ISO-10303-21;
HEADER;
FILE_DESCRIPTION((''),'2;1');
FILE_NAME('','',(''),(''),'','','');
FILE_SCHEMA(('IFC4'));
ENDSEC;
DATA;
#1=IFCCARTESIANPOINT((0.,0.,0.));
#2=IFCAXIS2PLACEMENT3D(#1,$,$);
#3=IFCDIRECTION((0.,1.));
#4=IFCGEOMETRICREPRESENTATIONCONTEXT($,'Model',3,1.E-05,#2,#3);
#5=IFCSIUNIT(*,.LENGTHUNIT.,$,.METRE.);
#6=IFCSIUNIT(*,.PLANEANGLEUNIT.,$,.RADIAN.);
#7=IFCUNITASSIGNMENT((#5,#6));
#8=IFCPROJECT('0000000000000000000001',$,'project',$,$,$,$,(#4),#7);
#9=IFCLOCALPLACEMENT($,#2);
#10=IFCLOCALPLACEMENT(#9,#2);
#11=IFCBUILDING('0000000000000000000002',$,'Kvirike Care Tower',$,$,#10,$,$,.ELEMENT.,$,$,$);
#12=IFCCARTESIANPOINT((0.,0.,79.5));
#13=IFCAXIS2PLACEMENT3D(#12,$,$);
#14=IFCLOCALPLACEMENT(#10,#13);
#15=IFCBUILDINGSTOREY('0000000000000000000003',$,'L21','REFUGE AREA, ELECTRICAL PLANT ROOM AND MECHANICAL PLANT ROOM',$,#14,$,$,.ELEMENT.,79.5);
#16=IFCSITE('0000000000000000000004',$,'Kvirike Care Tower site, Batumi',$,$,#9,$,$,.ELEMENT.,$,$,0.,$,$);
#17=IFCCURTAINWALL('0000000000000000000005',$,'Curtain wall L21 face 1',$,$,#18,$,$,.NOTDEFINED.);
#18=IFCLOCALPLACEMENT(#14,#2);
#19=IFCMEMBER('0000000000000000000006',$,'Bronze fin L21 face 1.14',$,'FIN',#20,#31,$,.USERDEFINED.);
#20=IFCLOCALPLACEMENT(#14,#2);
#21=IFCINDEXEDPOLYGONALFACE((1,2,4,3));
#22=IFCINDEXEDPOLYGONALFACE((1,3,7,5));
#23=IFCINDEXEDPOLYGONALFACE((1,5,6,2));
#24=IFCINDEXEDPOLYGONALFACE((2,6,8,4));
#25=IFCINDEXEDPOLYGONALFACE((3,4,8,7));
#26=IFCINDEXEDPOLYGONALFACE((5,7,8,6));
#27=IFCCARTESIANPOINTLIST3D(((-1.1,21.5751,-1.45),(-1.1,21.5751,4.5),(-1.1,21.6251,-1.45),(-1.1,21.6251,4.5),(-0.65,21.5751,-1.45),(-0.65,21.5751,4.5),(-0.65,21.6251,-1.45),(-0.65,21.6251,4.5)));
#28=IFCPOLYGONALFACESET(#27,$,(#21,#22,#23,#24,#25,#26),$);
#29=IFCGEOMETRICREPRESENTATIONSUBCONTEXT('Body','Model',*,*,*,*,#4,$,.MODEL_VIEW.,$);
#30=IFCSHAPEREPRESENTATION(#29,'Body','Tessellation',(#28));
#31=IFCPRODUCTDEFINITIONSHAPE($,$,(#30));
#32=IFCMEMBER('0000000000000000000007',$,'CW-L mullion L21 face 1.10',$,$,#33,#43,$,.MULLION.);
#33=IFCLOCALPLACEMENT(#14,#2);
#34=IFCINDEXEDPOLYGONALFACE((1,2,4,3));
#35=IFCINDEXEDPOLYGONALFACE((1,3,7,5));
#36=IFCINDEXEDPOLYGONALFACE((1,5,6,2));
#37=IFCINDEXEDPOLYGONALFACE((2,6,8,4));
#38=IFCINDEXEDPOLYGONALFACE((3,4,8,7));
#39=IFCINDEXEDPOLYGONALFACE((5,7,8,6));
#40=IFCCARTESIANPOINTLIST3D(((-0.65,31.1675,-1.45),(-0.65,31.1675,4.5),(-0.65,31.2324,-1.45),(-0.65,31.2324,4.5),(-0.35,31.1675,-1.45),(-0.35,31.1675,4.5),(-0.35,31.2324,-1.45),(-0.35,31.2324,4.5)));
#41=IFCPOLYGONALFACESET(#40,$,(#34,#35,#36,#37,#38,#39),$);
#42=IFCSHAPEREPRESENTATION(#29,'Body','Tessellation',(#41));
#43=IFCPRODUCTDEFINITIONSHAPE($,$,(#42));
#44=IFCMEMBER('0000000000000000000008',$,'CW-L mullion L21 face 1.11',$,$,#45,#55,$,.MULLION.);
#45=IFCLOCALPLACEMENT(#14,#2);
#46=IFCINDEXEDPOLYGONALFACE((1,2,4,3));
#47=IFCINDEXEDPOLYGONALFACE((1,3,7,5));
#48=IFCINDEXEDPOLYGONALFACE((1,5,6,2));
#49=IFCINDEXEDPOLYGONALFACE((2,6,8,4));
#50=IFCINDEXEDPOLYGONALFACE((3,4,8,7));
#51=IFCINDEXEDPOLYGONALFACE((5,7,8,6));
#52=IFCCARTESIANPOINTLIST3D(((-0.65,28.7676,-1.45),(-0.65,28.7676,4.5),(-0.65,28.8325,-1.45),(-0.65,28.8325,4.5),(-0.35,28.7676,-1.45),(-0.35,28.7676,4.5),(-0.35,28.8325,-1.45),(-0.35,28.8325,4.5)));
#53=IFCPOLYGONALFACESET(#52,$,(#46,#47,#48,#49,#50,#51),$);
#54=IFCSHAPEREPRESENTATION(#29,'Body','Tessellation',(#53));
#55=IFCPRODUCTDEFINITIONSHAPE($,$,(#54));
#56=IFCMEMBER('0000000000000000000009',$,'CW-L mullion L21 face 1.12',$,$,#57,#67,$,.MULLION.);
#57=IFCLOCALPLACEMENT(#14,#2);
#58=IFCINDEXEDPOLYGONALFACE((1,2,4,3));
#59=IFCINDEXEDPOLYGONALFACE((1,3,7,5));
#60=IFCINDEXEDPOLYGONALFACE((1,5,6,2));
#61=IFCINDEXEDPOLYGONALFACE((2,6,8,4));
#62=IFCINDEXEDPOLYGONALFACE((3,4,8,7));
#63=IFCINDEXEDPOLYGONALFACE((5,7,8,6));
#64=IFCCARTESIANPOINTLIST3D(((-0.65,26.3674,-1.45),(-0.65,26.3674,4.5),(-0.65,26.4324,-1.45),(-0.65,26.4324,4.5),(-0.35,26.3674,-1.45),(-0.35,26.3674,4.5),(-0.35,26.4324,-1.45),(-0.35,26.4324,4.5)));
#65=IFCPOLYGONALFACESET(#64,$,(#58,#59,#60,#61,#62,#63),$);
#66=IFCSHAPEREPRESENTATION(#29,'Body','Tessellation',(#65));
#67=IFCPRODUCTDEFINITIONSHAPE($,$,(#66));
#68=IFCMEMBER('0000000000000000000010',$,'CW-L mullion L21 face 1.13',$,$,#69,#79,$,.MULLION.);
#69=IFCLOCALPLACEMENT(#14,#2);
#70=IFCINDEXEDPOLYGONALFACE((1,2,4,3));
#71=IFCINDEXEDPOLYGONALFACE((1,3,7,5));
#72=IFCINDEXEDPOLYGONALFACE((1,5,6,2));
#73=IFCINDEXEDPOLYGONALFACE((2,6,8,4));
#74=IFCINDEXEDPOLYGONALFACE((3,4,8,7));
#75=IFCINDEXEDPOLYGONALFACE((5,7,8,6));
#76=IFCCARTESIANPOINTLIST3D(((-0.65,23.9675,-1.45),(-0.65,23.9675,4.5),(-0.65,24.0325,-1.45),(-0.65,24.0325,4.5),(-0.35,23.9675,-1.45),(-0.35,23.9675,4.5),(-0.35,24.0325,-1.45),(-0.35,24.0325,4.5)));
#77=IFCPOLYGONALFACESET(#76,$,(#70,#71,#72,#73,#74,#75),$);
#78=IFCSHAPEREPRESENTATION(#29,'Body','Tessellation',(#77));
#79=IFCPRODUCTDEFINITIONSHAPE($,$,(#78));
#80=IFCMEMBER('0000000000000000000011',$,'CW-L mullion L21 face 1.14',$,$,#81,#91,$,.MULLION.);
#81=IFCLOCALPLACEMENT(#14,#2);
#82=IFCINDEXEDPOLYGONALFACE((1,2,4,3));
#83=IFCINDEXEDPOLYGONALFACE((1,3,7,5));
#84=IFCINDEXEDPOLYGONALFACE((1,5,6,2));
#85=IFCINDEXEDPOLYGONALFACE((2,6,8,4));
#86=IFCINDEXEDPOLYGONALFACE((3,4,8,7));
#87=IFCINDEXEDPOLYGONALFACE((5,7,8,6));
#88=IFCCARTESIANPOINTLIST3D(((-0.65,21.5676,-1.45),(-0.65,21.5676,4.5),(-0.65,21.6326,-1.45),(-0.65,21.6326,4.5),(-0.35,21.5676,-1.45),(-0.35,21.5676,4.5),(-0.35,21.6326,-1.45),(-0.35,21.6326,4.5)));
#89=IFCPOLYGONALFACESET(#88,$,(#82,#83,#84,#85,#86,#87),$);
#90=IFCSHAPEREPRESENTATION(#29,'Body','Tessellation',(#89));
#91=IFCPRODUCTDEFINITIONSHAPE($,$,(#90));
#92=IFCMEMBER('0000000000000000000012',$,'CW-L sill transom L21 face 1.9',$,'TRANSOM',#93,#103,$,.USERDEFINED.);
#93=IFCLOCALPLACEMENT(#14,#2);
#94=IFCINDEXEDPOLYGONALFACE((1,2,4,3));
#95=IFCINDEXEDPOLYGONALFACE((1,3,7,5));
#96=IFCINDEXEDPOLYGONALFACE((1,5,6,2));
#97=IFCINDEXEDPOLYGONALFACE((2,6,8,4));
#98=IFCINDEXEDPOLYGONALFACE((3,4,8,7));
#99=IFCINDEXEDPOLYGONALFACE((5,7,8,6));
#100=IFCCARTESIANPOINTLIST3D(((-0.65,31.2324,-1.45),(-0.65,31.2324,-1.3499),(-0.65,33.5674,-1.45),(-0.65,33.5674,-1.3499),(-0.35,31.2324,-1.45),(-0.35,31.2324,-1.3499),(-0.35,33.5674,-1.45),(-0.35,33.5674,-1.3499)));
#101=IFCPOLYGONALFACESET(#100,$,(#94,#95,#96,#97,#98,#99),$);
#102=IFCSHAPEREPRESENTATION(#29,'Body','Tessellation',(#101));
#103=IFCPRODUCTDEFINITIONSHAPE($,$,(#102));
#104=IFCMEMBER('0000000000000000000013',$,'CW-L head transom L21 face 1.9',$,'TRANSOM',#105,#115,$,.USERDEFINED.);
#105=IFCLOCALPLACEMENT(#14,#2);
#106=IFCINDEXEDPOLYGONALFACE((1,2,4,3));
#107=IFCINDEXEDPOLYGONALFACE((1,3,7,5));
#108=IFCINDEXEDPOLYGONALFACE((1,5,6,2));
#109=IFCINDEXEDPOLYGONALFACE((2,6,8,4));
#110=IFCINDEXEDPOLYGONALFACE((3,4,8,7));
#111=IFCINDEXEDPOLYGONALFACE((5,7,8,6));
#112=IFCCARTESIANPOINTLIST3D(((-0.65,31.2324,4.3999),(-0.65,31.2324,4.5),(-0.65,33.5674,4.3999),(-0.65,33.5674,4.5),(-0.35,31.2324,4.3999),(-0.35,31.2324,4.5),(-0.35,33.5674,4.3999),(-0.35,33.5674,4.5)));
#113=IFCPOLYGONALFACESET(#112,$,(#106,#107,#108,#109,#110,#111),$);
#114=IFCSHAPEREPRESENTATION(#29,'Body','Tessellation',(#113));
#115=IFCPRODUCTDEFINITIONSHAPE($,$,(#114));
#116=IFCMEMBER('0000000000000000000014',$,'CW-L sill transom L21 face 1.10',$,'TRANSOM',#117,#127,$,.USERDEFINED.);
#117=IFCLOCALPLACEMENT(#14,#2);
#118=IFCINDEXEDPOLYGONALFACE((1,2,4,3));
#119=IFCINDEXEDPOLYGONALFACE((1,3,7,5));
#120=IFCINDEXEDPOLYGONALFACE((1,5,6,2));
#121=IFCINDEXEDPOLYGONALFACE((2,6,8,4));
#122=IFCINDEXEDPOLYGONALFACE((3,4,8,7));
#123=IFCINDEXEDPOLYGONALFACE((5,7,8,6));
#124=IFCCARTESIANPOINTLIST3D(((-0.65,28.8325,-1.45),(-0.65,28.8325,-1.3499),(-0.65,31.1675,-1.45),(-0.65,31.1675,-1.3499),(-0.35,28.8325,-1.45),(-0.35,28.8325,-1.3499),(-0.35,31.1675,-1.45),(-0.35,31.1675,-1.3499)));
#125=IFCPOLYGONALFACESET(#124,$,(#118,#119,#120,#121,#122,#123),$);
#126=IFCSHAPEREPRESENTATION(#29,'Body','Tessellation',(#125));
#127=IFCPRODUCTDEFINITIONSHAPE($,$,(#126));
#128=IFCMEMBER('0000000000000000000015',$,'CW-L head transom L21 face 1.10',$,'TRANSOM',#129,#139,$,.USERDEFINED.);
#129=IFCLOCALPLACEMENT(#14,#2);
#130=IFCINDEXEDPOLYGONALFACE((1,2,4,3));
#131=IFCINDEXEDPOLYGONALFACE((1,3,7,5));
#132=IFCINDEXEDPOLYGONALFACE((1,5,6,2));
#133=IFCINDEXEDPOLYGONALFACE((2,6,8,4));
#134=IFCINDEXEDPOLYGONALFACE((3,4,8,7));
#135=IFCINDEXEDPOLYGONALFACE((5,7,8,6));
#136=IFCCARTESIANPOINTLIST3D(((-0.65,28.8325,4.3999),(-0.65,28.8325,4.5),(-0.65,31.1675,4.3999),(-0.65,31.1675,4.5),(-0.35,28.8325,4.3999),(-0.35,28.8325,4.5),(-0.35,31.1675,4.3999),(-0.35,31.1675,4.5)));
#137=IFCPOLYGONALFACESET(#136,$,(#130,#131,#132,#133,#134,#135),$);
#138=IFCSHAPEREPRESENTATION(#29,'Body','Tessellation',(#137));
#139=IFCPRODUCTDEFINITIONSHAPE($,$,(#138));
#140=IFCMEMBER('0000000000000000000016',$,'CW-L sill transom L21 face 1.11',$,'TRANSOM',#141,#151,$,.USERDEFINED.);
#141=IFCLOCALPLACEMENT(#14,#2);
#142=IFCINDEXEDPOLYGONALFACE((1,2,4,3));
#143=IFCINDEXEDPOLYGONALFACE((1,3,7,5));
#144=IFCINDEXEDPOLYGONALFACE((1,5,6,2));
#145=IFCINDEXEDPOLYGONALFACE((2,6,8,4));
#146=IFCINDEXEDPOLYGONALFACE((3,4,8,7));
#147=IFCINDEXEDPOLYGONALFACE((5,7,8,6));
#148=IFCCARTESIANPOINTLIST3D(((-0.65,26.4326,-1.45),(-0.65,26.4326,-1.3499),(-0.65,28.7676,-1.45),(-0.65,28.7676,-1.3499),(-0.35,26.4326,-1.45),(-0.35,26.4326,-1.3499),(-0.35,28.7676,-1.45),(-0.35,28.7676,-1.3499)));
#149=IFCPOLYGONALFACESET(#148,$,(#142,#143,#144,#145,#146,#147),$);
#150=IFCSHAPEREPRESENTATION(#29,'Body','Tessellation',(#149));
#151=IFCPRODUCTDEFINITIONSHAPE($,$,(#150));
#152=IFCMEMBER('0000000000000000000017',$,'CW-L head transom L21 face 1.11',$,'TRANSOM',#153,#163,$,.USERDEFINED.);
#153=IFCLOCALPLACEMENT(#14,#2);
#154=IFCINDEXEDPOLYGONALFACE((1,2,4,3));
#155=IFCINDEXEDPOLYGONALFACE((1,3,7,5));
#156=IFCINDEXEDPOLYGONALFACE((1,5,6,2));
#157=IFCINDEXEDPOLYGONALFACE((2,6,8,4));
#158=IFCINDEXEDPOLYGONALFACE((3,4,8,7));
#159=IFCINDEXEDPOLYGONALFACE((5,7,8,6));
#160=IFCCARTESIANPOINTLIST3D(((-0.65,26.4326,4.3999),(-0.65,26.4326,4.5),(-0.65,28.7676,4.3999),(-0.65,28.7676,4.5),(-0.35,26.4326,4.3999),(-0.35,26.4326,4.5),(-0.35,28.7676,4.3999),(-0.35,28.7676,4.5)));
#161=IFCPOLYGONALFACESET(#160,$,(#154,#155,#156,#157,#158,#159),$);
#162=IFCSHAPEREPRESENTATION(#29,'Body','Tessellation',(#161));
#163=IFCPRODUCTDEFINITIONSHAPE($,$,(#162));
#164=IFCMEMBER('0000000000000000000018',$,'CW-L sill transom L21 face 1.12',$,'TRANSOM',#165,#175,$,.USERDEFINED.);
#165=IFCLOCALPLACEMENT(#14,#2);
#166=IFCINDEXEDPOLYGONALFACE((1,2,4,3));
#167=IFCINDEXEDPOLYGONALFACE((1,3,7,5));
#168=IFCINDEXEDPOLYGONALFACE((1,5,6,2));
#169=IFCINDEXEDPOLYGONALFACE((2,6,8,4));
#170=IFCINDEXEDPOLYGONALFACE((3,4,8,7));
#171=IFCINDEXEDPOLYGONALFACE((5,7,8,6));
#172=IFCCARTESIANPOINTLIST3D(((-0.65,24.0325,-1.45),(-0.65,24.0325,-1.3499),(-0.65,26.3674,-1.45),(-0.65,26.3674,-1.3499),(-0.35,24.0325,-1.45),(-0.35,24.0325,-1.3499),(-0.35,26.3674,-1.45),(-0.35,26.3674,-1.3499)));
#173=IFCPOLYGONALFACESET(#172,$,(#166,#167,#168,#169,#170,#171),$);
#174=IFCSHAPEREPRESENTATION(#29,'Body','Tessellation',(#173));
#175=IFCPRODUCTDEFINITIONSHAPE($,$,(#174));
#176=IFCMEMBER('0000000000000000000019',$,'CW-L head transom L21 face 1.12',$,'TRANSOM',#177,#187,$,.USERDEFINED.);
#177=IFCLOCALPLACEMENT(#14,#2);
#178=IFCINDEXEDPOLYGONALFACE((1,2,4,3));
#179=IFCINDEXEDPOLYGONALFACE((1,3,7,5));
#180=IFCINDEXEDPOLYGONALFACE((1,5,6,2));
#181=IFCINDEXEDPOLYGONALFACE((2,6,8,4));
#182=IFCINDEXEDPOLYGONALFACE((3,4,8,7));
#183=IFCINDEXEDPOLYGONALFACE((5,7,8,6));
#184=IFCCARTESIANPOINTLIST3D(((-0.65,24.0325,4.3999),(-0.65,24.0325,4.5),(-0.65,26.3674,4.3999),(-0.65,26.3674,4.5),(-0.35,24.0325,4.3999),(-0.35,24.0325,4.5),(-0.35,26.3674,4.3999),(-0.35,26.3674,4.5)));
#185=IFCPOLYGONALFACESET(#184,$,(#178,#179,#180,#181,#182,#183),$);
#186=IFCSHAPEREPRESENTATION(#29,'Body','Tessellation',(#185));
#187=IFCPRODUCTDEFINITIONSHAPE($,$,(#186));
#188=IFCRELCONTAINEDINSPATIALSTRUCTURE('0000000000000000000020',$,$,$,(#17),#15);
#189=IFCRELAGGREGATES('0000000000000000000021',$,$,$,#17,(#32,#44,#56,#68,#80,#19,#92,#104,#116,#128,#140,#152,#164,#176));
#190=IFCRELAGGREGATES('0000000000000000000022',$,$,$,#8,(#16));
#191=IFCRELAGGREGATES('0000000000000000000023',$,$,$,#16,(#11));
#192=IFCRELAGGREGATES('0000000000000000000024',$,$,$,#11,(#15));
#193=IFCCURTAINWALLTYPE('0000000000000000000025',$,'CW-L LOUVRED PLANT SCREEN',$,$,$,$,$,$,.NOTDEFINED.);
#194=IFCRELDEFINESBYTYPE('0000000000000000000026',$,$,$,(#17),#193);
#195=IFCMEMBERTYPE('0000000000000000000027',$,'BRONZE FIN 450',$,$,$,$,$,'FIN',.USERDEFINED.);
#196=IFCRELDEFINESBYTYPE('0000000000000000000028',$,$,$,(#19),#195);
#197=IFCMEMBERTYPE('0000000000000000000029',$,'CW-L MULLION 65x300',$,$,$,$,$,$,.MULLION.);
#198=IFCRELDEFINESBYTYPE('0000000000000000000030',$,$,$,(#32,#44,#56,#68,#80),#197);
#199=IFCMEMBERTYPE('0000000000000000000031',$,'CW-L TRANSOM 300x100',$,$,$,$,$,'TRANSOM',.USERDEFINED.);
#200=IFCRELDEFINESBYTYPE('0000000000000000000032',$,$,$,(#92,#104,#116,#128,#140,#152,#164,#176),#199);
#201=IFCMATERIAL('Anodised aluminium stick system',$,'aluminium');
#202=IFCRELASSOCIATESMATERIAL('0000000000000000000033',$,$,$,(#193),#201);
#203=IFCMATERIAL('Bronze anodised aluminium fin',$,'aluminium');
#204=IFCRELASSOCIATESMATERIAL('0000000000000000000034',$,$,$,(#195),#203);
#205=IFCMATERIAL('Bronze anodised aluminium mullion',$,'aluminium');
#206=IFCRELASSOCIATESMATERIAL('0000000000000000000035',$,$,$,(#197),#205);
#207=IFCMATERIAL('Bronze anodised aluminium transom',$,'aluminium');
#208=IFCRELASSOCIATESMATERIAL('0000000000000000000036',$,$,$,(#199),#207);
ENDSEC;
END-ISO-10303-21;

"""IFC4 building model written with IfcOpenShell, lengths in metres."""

from ifc_helpers import new_model, si_unit, direction, frame, origin, origin_2d, place, context, subcontext, project, spatial, rectangle, extrude, material, material_profile, profile_set, type_object, element, aggregate, save


model = new_model("IFC4")

# Units and contexts
model_context = context("Model", 3, precision=1e-05, world=origin(), true_north=direction((0.0, 1.0)))
body_context = subcontext(model_context, "Body", "Model", "MODEL_VIEW")
ifc_project = project(units=[si_unit("LENGTHUNIT", "METRE"), si_unit("PLANEANGLEUNIT", "RADIAN")], contexts=[model_context])

# Site, building, storey
site_placement = place(None, origin())
site = spatial("IfcSite", under=ifc_project, at=site_placement, Name="Kvirike Care Tower site, Batumi", CompositionType="ELEMENT", RefElevation=0.0)
building_placement = place(site_placement, origin())
building = spatial("IfcBuilding", under=site, at=building_placement, Name="Kvirike Care Tower", CompositionType="ELEMENT")
storey_placement = place(building_placement, frame((0.0, 0.0, 79.5)))
storey = spatial("IfcBuildingStorey", under=building, at=storey_placement, Name="L21", Description="REFUGE AREA, ELECTRICAL PLANT ROOM AND MECHANICAL PLANT ROOM", CompositionType="ELEMENT", Elevation=79.5)

# Curtain wall, members
ifc_material_1 = material(Name="Anodised aluminium stick system", Category="aluminium")
curtain_wall_type = type_object("IfcCurtainWallType", Name="CW-L LOUVRED PLANT SCREEN", PredefinedType="NOTDEFINED", material=ifc_material_1)
curtain_wall_placement = place(storey_placement, origin())
curtain_wall = element("IfcCurtainWall", 1, at=curtain_wall_placement, inside=storey, type_object=curtain_wall_type, Name="Curtain wall L21 face 1", PredefinedType="NOTDEFINED")
ifc_material_2 = material(Name="Bronze anodised aluminium fin", Category="aluminium")
ifc_material_profile_1 = material_profile(ifc_material_2, rectangle(XDim=0.05, YDim=0.45, at=origin_2d()), Name="BRONZE FIN 450")
ifc_profile_set_1 = profile_set([ifc_material_profile_1], Name="Bronze anodised aluminium fin")
member_type_1 = type_object("IfcMemberType", Name="BRONZE FIN 450", ElementType="FIN", PredefinedType="USERDEFINED", material=ifc_profile_set_1)
member_1_placement = place(storey_placement, frame((-0.875, 21.6001, -1.45), z_axis=(0.0, 0.0, 1.0), x_axis=(0.0, -1.0, 0.0)))
member_1 = element("IfcMember", 2, at=member_1_placement, type_object=member_type_1, Name="Bronze fin L21 face 1.14", ObjectType="FIN", PredefinedType="USERDEFINED", context=body_context, shape_type="SweptSolid", body=[
    extrude(rectangle(XDim=0.05, YDim=0.45, at=origin_2d()), origin(), (0.0, 0.0, 1.0), 5.95),
])
ifc_material_3 = material(Name="Bronze anodised aluminium mullion", Category="aluminium")
ifc_material_profile_2 = material_profile(ifc_material_3, rectangle(XDim=0.0649, YDim=0.3, at=origin_2d()), Name="CW-L MULLION 65x300")
ifc_profile_set_2 = profile_set([ifc_material_profile_2], Name="Bronze anodised aluminium mullion")
member_type_2 = type_object("IfcMemberType", Name="CW-L MULLION 65x300", PredefinedType="MULLION", material=ifc_profile_set_2)
member_2_placement = place(storey_placement, frame((-0.5, 31.2, -1.45), z_axis=(0.0, 0.0, 1.0), x_axis=(0.0, -1.0, 0.0)))
member_2 = element("IfcMember", 3, at=member_2_placement, type_object=member_type_2, Name="CW-L mullion L21 face 1.10", PredefinedType="MULLION", context=body_context, shape_type="SweptSolid", body=[
    extrude(rectangle(XDim=0.0649, YDim=0.3, at=origin_2d()), origin(), (0.0, 0.0, 1.0), 5.95),
])
member_3_placement = place(storey_placement, frame((-0.5, 28.8, -1.45), z_axis=(0.0, 0.0, 1.0), x_axis=(0.0, -1.0, 0.0)))
member_3 = element("IfcMember", 4, at=member_3_placement, type_object=member_type_2, Name="CW-L mullion L21 face 1.11", PredefinedType="MULLION", context=body_context, shape_type="SweptSolid", body=[
    extrude(rectangle(XDim=0.0649, YDim=0.3, at=origin_2d()), origin(), (0.0, 0.0, 1.0), 5.95),
])
member_4_placement = place(storey_placement, frame((-0.5, 26.3999, -1.45), z_axis=(0.0, 0.0, 1.0), x_axis=(0.0, -1.0, 0.0)))
member_4 = element("IfcMember", 5, at=member_4_placement, type_object=member_type_2, Name="CW-L mullion L21 face 1.12", PredefinedType="MULLION", context=body_context, shape_type="SweptSolid", body=[
    extrude(rectangle(XDim=0.0649, YDim=0.3, at=origin_2d()), origin(), (0.0, 0.0, 1.0), 5.95),
])
member_5_placement = place(storey_placement, frame((-0.5, 24.0, -1.45), z_axis=(0.0, 0.0, 1.0), x_axis=(0.0, -1.0, 0.0)))
member_5 = element("IfcMember", 6, at=member_5_placement, type_object=member_type_2, Name="CW-L mullion L21 face 1.13", PredefinedType="MULLION", context=body_context, shape_type="SweptSolid", body=[
    extrude(rectangle(XDim=0.0649, YDim=0.3, at=origin_2d()), origin(), (0.0, 0.0, 1.0), 5.95),
])
member_6_placement = place(storey_placement, frame((-0.5, 21.6001, -1.45), z_axis=(0.0, 0.0, 1.0), x_axis=(0.0, -1.0, 0.0)))
member_6 = element("IfcMember", 7, at=member_6_placement, type_object=member_type_2, Name="CW-L mullion L21 face 1.14", PredefinedType="MULLION", context=body_context, shape_type="SweptSolid", body=[
    extrude(rectangle(XDim=0.0649, YDim=0.3, at=origin_2d()), origin(), (0.0, 0.0, 1.0), 5.95),
])
ifc_material_4 = material(Name="Bronze anodised aluminium transom", Category="aluminium")
ifc_material_profile_3 = material_profile(ifc_material_4, rectangle(XDim=0.3, YDim=0.1001, at=origin_2d()), Name="CW-L TRANSOM 300x100")
ifc_profile_set_3 = profile_set([ifc_material_profile_3], Name="Bronze anodised aluminium transom")
member_type_3 = type_object("IfcMemberType", Name="CW-L TRANSOM 300x100", ElementType="TRANSOM", PredefinedType="USERDEFINED", material=ifc_profile_set_3)
member_7_placement = place(storey_placement, frame((-0.5, 33.5674, -1.3999), z_axis=(0.0, -1.0, 0.0), x_axis=(1.0, 0.0, 0.0)))
member_7 = element("IfcMember", 8, at=member_7_placement, type_object=member_type_3, Name="CW-L sill transom L21 face 1.9", ObjectType="TRANSOM", PredefinedType="USERDEFINED", context=body_context, shape_type="SweptSolid", body=[
    extrude(rectangle(XDim=0.3, YDim=0.1001, at=origin_2d()), origin(), (0.0, 0.0, 1.0), 2.335),
])
member_8_placement = place(storey_placement, frame((-0.5, 33.5674, 4.45), z_axis=(0.0, -1.0, 0.0), x_axis=(1.0, 0.0, 0.0)))
member_8 = element("IfcMember", 9, at=member_8_placement, type_object=member_type_3, Name="CW-L head transom L21 face 1.9", ObjectType="TRANSOM", PredefinedType="USERDEFINED", context=body_context, shape_type="SweptSolid", body=[
    extrude(rectangle(XDim=0.3, YDim=0.1001, at=origin_2d()), origin(), (0.0, 0.0, 1.0), 2.335),
])
member_9_placement = place(storey_placement, frame((-0.5, 31.1675, -1.3999), z_axis=(0.0, -1.0, 0.0), x_axis=(1.0, 0.0, 0.0)))
member_9 = element("IfcMember", 10, at=member_9_placement, type_object=member_type_3, Name="CW-L sill transom L21 face 1.10", ObjectType="TRANSOM", PredefinedType="USERDEFINED", context=body_context, shape_type="SweptSolid", body=[
    extrude(rectangle(XDim=0.3, YDim=0.1001, at=origin_2d()), origin(), (0.0, 0.0, 1.0), 2.335),
])
member_10_placement = place(storey_placement, frame((-0.5, 31.1675, 4.45), z_axis=(0.0, -1.0, 0.0), x_axis=(1.0, 0.0, 0.0)))
member_10 = element("IfcMember", 11, at=member_10_placement, type_object=member_type_3, Name="CW-L head transom L21 face 1.10", ObjectType="TRANSOM", PredefinedType="USERDEFINED", context=body_context, shape_type="SweptSolid", body=[
    extrude(rectangle(XDim=0.3, YDim=0.1001, at=origin_2d()), origin(), (0.0, 0.0, 1.0), 2.335),
])
member_11_placement = place(storey_placement, frame((-0.5, 28.7676, -1.3999), z_axis=(0.0, -1.0, 0.0), x_axis=(1.0, 0.0, 0.0)))
member_11 = element("IfcMember", 12, at=member_11_placement, type_object=member_type_3, Name="CW-L sill transom L21 face 1.11", ObjectType="TRANSOM", PredefinedType="USERDEFINED", context=body_context, shape_type="SweptSolid", body=[
    extrude(rectangle(XDim=0.3, YDim=0.1001, at=origin_2d()), origin(), (0.0, 0.0, 1.0), 2.335),
])
member_12_placement = place(storey_placement, frame((-0.5, 28.7676, 4.45), z_axis=(0.0, -1.0, 0.0), x_axis=(1.0, 0.0, 0.0)))
member_12 = element("IfcMember", 13, at=member_12_placement, type_object=member_type_3, Name="CW-L head transom L21 face 1.11", ObjectType="TRANSOM", PredefinedType="USERDEFINED", context=body_context, shape_type="SweptSolid", body=[
    extrude(rectangle(XDim=0.3, YDim=0.1001, at=origin_2d()), origin(), (0.0, 0.0, 1.0), 2.335),
])
member_13_placement = place(storey_placement, frame((-0.5, 26.3674, -1.3999), z_axis=(0.0, -1.0, 0.0), x_axis=(1.0, 0.0, 0.0)))
member_13 = element("IfcMember", 14, at=member_13_placement, type_object=member_type_3, Name="CW-L sill transom L21 face 1.12", ObjectType="TRANSOM", PredefinedType="USERDEFINED", context=body_context, shape_type="SweptSolid", body=[
    extrude(rectangle(XDim=0.3, YDim=0.1001, at=origin_2d()), origin(), (0.0, 0.0, 1.0), 2.335),
])
member_14_placement = place(storey_placement, frame((-0.5, 26.3674, 4.45), z_axis=(0.0, -1.0, 0.0), x_axis=(1.0, 0.0, 0.0)))
member_14 = element("IfcMember", 15, at=member_14_placement, type_object=member_type_3, Name="CW-L head transom L21 face 1.12", ObjectType="TRANSOM", PredefinedType="USERDEFINED", context=body_context, shape_type="SweptSolid", body=[
    extrude(rectangle(XDim=0.3, YDim=0.1001, at=origin_2d()), origin(), (0.0, 0.0, 1.0), 2.335),
])

aggregate(curtain_wall, [member_2, member_3, member_4, member_5, member_6, member_1, member_7, member_8, member_9, member_10, member_11, member_12, member_13, member_14])

save(model, "model.ifc")
